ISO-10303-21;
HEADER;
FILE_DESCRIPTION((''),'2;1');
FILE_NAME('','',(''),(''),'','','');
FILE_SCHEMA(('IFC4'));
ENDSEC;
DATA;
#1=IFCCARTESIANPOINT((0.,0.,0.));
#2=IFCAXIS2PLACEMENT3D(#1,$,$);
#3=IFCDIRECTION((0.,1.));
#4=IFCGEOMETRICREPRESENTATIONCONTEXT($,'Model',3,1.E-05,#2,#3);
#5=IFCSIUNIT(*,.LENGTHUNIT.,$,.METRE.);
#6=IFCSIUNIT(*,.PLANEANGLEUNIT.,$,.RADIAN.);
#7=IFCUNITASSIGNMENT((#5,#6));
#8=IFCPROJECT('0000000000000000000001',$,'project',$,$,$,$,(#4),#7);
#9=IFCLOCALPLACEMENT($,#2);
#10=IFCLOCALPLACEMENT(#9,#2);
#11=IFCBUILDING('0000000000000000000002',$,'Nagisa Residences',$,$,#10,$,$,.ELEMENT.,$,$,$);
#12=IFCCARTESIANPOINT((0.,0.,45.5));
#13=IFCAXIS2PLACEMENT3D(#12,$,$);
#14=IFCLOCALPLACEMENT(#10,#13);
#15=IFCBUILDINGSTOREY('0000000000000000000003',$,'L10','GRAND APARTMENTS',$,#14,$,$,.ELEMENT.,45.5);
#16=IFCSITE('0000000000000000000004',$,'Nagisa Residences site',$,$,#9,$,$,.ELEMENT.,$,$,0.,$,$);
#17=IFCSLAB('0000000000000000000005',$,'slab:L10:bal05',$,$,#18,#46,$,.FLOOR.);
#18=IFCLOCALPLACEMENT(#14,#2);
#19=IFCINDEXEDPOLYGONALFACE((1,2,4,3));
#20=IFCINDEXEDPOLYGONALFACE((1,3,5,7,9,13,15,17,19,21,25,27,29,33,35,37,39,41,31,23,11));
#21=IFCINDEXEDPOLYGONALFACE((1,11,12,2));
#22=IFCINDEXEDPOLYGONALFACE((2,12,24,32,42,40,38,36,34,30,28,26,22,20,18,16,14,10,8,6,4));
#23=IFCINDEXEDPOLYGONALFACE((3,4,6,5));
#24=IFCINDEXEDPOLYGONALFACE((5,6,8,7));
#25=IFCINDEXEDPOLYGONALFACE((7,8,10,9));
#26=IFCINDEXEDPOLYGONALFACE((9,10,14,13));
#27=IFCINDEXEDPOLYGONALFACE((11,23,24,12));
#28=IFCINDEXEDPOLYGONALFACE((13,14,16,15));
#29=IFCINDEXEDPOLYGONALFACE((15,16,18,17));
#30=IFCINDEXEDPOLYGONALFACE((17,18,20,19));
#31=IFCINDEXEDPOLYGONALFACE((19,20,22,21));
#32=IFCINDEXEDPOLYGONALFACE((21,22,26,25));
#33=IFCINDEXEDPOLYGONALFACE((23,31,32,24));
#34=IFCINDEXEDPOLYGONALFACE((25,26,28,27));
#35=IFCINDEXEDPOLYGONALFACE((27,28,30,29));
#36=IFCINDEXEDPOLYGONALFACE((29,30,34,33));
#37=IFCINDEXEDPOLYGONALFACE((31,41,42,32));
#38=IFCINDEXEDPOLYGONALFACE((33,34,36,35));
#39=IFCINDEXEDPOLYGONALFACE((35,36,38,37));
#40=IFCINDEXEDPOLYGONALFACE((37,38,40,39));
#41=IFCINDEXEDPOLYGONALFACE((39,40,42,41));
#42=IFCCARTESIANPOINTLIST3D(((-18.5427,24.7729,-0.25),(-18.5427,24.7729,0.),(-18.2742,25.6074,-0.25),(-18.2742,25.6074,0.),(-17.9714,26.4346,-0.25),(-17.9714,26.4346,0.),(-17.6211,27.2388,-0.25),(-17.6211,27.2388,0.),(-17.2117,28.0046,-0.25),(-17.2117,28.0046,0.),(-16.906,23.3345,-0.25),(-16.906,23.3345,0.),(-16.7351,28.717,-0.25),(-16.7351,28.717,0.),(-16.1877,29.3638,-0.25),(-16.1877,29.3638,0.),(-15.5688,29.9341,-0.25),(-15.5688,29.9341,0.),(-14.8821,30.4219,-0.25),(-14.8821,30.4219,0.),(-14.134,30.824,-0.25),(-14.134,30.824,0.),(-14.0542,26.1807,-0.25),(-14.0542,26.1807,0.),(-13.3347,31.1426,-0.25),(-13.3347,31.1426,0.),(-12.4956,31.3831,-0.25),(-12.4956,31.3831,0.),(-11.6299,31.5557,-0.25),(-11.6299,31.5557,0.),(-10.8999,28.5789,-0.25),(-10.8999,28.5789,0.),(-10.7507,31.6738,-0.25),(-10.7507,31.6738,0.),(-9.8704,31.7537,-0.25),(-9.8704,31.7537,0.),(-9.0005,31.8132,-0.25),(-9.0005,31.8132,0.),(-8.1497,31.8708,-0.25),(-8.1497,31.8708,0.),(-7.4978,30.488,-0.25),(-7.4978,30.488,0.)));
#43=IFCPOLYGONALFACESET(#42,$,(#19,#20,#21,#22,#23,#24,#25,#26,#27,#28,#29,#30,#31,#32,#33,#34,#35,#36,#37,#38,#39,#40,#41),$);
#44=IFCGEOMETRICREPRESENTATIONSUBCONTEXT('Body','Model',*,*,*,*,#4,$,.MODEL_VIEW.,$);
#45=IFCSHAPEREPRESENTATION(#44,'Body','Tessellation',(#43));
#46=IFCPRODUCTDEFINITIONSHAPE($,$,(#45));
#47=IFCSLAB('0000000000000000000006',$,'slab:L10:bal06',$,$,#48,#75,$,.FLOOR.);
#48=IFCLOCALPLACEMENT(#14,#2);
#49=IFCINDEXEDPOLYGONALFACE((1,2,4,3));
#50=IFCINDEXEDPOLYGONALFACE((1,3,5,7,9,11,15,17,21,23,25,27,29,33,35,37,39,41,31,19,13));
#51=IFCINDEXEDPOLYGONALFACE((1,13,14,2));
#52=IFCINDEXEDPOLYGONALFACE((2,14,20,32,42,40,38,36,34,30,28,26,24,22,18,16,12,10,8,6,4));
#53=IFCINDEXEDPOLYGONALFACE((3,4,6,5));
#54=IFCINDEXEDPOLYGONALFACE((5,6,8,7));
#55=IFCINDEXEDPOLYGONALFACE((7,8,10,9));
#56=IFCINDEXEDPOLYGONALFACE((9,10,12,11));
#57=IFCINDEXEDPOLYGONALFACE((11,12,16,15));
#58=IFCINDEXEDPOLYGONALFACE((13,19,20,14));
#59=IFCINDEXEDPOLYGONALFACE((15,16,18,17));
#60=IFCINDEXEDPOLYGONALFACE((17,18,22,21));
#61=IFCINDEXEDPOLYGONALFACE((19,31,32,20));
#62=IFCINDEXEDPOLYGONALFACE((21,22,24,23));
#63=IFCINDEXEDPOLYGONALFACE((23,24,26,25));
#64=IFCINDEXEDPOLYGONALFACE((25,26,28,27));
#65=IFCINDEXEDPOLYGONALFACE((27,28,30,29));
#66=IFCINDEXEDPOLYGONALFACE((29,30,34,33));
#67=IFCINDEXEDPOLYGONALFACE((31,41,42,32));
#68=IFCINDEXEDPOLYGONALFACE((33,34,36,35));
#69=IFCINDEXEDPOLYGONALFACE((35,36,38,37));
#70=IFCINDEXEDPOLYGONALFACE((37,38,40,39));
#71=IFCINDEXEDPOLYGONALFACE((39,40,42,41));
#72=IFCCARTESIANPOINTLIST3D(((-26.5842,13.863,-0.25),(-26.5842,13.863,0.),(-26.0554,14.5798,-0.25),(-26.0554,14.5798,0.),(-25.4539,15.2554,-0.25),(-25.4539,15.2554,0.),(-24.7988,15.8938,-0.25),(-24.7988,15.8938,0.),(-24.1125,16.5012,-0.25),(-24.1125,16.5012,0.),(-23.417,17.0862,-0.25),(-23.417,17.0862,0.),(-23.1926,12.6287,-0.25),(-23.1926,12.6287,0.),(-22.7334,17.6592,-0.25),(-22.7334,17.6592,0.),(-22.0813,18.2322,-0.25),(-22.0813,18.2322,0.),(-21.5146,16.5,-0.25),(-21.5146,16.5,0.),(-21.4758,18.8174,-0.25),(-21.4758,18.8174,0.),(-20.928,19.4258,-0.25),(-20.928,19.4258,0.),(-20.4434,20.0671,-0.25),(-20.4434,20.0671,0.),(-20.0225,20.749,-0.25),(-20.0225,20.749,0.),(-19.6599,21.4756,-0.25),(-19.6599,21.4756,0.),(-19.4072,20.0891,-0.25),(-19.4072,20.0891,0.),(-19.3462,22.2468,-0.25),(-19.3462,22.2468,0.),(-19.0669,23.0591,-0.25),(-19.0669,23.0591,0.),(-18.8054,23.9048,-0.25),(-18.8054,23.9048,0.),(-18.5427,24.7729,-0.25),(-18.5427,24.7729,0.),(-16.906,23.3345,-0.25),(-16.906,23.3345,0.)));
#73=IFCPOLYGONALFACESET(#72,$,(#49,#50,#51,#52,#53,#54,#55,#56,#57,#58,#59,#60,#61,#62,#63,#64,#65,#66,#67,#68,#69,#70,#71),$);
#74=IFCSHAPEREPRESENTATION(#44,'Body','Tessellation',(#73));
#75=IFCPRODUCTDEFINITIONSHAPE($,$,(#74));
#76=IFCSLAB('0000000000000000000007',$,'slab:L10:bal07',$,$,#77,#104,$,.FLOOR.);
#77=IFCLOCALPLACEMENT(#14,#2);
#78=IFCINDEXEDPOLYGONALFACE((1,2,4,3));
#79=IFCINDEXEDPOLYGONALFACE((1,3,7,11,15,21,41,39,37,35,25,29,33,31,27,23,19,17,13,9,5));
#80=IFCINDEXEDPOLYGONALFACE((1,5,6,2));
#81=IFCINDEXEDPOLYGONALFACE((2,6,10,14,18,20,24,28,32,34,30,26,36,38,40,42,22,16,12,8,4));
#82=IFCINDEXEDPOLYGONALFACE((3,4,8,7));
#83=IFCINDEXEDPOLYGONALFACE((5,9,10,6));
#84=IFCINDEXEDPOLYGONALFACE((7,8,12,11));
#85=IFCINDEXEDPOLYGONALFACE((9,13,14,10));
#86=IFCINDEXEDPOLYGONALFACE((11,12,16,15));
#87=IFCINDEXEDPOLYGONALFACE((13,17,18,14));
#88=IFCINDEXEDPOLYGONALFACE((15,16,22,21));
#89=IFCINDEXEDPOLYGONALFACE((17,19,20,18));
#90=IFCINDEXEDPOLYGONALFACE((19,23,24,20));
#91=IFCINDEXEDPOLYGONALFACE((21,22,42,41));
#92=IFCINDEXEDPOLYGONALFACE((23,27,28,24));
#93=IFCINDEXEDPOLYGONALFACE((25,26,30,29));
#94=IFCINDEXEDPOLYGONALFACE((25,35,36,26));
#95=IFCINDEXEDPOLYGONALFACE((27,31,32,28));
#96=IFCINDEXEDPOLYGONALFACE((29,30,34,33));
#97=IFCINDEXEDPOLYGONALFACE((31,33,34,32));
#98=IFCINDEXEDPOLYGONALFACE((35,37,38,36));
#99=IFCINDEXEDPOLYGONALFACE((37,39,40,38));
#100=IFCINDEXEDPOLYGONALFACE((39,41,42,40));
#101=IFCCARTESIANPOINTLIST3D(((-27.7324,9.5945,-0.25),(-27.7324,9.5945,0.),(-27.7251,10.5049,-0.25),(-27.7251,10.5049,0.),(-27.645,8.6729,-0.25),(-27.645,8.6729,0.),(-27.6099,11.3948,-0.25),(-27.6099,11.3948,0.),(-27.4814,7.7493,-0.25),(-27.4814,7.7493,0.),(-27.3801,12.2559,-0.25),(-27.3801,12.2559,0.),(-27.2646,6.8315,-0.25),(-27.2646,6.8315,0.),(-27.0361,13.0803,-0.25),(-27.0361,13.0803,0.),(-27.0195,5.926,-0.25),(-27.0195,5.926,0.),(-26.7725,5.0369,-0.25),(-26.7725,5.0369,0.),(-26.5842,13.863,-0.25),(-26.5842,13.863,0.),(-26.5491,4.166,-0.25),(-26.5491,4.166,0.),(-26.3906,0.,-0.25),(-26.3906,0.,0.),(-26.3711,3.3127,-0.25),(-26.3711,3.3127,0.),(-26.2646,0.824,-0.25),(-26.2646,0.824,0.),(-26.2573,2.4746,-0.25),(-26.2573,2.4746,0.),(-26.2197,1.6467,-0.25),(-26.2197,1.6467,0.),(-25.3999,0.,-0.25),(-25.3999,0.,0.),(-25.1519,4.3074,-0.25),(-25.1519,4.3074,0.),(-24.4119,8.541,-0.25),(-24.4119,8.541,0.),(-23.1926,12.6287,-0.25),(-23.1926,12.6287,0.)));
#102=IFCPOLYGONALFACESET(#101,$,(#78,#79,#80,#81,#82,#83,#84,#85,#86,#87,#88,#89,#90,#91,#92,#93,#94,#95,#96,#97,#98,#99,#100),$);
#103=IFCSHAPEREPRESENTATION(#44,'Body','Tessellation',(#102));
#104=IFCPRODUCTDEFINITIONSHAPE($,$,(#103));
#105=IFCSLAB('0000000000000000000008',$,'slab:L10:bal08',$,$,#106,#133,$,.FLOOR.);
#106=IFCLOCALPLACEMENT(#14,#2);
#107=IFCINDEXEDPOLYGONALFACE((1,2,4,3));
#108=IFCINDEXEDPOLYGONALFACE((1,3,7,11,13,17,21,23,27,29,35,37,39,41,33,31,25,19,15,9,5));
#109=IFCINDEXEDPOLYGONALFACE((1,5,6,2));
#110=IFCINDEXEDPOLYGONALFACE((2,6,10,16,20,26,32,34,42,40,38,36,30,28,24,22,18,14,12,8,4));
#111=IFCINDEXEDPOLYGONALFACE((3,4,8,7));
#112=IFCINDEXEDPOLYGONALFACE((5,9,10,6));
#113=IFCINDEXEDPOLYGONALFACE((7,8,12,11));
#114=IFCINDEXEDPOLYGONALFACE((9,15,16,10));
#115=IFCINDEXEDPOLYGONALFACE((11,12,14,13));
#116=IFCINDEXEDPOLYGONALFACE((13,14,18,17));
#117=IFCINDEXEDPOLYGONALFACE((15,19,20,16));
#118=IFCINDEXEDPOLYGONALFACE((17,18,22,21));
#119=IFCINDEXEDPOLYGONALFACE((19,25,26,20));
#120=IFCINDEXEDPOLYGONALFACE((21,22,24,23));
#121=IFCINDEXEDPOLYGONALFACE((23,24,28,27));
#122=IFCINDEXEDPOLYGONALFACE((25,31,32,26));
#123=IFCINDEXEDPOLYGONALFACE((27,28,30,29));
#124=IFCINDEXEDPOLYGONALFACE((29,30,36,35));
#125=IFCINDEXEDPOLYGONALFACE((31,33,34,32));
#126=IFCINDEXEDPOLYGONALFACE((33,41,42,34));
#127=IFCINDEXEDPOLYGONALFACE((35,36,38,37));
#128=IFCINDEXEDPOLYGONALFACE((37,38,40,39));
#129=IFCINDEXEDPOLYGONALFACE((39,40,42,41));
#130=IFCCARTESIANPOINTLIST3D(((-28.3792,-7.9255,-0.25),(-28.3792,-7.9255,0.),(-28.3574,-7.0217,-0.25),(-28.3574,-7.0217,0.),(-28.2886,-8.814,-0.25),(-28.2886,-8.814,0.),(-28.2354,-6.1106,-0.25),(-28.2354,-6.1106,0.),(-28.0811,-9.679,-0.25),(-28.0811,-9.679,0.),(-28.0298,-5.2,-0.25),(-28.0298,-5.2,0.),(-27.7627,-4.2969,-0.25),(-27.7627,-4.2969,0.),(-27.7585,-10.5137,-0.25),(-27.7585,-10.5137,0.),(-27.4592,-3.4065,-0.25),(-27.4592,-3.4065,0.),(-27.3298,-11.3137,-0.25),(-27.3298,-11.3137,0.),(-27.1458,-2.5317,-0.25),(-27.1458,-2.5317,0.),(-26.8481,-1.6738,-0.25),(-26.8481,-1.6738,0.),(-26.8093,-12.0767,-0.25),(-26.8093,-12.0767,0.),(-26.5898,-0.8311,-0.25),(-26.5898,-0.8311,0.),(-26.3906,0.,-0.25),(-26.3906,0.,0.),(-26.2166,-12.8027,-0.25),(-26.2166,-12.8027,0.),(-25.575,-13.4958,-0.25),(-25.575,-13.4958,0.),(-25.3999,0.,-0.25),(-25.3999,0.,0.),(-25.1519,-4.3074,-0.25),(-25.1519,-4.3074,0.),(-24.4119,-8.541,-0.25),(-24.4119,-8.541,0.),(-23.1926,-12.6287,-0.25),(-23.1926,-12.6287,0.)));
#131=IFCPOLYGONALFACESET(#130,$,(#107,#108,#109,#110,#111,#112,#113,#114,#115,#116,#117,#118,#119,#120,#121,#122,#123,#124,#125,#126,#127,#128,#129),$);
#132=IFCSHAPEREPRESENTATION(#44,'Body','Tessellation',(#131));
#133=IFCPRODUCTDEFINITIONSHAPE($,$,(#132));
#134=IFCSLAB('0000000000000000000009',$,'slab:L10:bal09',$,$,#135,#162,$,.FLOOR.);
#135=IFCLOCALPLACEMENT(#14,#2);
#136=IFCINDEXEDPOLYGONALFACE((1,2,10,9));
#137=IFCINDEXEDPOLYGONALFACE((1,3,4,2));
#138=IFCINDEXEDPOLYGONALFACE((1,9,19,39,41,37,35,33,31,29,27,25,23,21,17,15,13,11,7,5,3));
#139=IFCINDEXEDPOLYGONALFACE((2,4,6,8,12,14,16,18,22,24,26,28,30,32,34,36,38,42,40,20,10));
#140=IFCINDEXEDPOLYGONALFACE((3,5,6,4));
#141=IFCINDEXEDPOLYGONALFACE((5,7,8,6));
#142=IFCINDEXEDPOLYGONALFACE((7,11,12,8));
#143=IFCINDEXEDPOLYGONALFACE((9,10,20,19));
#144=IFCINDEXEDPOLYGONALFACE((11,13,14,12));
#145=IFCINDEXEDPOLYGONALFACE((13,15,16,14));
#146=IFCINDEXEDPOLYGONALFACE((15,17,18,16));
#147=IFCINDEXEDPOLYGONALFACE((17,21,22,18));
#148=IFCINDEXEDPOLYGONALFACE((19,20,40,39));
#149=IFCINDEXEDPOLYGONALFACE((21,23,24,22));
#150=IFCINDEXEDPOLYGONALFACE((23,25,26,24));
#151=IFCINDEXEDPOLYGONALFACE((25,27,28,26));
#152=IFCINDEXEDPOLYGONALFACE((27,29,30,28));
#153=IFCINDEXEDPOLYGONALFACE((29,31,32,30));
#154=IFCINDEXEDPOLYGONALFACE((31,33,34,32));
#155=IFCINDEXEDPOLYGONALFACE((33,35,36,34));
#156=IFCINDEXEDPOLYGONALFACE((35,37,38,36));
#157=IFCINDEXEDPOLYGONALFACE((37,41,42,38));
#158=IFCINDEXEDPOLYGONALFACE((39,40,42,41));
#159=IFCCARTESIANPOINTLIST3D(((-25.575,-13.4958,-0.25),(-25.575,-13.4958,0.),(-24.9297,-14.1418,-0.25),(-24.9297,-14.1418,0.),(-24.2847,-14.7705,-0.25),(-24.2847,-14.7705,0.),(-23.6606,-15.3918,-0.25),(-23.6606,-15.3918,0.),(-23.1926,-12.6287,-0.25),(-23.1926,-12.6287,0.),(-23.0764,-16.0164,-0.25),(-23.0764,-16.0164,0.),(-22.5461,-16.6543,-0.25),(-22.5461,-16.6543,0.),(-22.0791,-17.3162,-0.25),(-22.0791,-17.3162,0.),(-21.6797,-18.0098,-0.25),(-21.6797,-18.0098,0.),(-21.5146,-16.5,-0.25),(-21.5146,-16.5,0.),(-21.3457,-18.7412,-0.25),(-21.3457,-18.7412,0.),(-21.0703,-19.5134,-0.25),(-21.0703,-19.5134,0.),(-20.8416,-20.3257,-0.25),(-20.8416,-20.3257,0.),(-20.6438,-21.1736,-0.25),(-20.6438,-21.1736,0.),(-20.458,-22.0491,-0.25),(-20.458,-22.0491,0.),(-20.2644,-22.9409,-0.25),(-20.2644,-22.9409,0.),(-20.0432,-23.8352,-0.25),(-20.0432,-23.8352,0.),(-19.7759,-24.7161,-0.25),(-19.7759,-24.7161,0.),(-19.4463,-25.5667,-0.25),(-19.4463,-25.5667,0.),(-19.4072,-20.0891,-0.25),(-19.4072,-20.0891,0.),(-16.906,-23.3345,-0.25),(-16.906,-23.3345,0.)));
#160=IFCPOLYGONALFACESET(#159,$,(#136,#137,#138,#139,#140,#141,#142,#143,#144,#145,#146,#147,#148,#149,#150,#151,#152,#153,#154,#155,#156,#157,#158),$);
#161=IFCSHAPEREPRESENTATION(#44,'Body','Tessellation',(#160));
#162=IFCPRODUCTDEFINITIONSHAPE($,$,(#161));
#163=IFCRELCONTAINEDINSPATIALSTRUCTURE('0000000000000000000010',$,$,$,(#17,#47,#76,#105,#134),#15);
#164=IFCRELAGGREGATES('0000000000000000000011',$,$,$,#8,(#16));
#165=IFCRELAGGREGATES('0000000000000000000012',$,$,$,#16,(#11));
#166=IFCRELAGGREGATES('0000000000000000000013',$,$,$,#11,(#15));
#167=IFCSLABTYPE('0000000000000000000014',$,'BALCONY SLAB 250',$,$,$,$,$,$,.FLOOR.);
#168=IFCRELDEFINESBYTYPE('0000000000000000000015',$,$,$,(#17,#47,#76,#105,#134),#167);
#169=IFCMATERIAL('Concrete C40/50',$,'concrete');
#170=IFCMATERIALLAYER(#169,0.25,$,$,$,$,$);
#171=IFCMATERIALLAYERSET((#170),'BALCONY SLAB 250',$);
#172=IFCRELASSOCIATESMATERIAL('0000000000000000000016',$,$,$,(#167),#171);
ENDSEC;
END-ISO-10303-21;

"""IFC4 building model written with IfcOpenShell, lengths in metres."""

from ifc_helpers import new_model, si_unit, direction, frame, origin, place, context, subcontext, project, spatial, polyline, outline, extrude, material, layer, layer_set, type_object, element, save


model = new_model("IFC4")

# Units and contexts
model_context = context("Model", 3, precision=1e-05, world=origin(), true_north=direction((0.0, 1.0)))
body_context = subcontext(model_context, "Body", "Model", "MODEL_VIEW")
ifc_project = project(units=[si_unit("LENGTHUNIT", "METRE"), si_unit("PLANEANGLEUNIT", "RADIAN")], contexts=[model_context])

# Site, building, storey
site_placement = place(None, origin())
site = spatial("IfcSite", under=ifc_project, at=site_placement, Name="Nagisa Residences site", CompositionType="ELEMENT", RefElevation=0.0)
building_placement = place(site_placement, origin())
building = spatial("IfcBuilding", under=site, at=building_placement, Name="Nagisa Residences", CompositionType="ELEMENT")
storey_placement = place(building_placement, frame((0.0, 0.0, 45.5)))
storey = spatial("IfcBuildingStorey", under=building, at=storey_placement, Name="L10", Description="GRAND APARTMENTS", CompositionType="ELEMENT", Elevation=45.5)

# Slabs
ifc_material_1 = material(Name="Concrete C40/50", Category="concrete")
ifc_layer_1 = layer(ifc_material_1, 0.25)
ifc_layer_set_1 = layer_set([ifc_layer_1], Name="BALCONY SLAB 250")
slab_type_1 = type_object("IfcSlabType", Name="BALCONY SLAB 250", PredefinedType="FLOOR", material=ifc_layer_set_1)
slab_1_placement = place(storey_placement, frame((0.0, 0.0, -0.25)))
element("IfcSlab", 1, at=slab_1_placement, inside=storey, type_object=slab_type_1, Name="slab:L10:bal05", PredefinedType="FLOOR", context=body_context, shape_type="SweptSolid", body=[
    extrude(outline(polyline([(-8.1497, 31.8708), (-9.0005, 31.8132), (-9.8704, 31.7537), (-10.7507, 31.6738), (-11.6299, 31.5557), (-12.4956, 31.3831), (-13.3347, 31.1426), (-14.134, 30.824), (-14.8821, 30.4219), (-15.5688, 29.9341), (-16.1877, 29.3638), (-16.7351, 28.717), (-17.2117, 28.0046), (-17.6211, 27.2388), (-17.9714, 26.4346), (-18.2742, 25.6074), (-18.5427, 24.7729), (-16.906, 23.3345), (-14.0542, 26.1807), (-10.8999, 28.5789), (-7.4978, 30.488), (-8.1497, 31.8708)])), origin(), (0.0, 0.0, 1.0), 0.25),
])
slab_2_placement = place(storey_placement, frame((0.0, 0.0, -0.25)))
element("IfcSlab", 2, at=slab_2_placement, inside=storey, type_object=slab_type_1, Name="slab:L10:bal06", PredefinedType="FLOOR", context=body_context, shape_type="SweptSolid", body=[
    extrude(outline(polyline([(-18.5427, 24.7729), (-18.8054, 23.9048), (-19.0669, 23.0591), (-19.3462, 22.2468), (-19.6599, 21.4756), (-20.0225, 20.749), (-20.4434, 20.0671), (-20.928, 19.4258), (-21.4758, 18.8174), (-22.0813, 18.2322), (-22.7334, 17.6592), (-23.417, 17.0862), (-24.1125, 16.5012), (-24.7988, 15.8938), (-25.4539, 15.2554), (-26.0554, 14.5798), (-26.5842, 13.863), (-23.1926, 12.6287), (-21.5146, 16.5), (-19.4072, 20.0891), (-16.906, 23.3345), (-18.5427, 24.7729)])), origin(), (0.0, 0.0, 1.0), 0.25),
])
slab_3_placement = place(storey_placement, frame((0.0, 0.0, -0.25)))
element("IfcSlab", 3, at=slab_3_placement, inside=storey, type_object=slab_type_1, Name="slab:L10:bal07", PredefinedType="FLOOR", context=body_context, shape_type="SweptSolid", body=[
    extrude(outline(polyline([(-26.5842, 13.863), (-27.0361, 13.0803), (-27.3801, 12.2559), (-27.6099, 11.3948), (-27.7251, 10.5049), (-27.7324, 9.5945), (-27.645, 8.6729), (-27.4814, 7.7493), (-27.2646, 6.8315), (-27.0195, 5.926), (-26.7725, 5.0369), (-26.5491, 4.166), (-26.3711, 3.3127), (-26.2573, 2.4746), (-26.2197, 1.6467), (-26.2646, 0.824), (-26.3906, 0.0), (-25.3999, 0.0), (-25.1519, 4.3074), (-24.4119, 8.541), (-23.1926, 12.6287), (-26.5842, 13.863)])), origin(), (0.0, 0.0, 1.0), 0.25),
])
slab_4_placement = place(storey_placement, frame((0.0, 0.0, -0.25)))
element("IfcSlab", 4, at=slab_4_placement, inside=storey, type_object=slab_type_1, Name="slab:L10:bal08", PredefinedType="FLOOR", context=body_context, shape_type="SweptSolid", body=[
    extrude(outline(polyline([(-26.3906, 0.0), (-26.5898, -0.8311), (-26.8481, -1.6738), (-27.1458, -2.5317), (-27.4592, -3.4065), (-27.7627, -4.2969), (-28.0298, -5.2), (-28.2354, -6.1106), (-28.3574, -7.0217), (-28.3792, -7.9255), (-28.2886, -8.814), (-28.0811, -9.679), (-27.7585, -10.5137), (-27.3298, -11.3137), (-26.8093, -12.0767), (-26.2166, -12.8027), (-25.575, -13.4958), (-23.1926, -12.6287), (-24.4119, -8.541), (-25.1519, -4.3074), (-25.3999, 0.0), (-26.3906, 0.0)])), origin(), (0.0, 0.0, 1.0), 0.25),
])
slab_5_placement = place(storey_placement, frame((0.0, 0.0, -0.25)))
element("IfcSlab", 5, at=slab_5_placement, inside=storey, type_object=slab_type_1, Name="slab:L10:bal09", PredefinedType="FLOOR", context=body_context, shape_type="SweptSolid", body=[
    extrude(outline(polyline([(-25.575, -13.4958), (-24.9297, -14.1418), (-24.2847, -14.7705), (-23.6606, -15.3918), (-23.0764, -16.0164), (-22.5461, -16.6543), (-22.0791, -17.3162), (-21.6797, -18.0098), (-21.3457, -18.7412), (-21.0703, -19.5134), (-20.8416, -20.3257), (-20.6438, -21.1736), (-20.458, -22.0491), (-20.2644, -22.9409), (-20.0432, -23.8352), (-19.7759, -24.7161), (-19.4463, -25.5667), (-16.906, -23.3345), (-19.4072, -20.0891), (-21.5146, -16.5), (-23.1926, -12.6287), (-25.575, -13.4958)])), origin(), (0.0, 0.0, 1.0), 0.25),
])

save(model, "model.ifc")
